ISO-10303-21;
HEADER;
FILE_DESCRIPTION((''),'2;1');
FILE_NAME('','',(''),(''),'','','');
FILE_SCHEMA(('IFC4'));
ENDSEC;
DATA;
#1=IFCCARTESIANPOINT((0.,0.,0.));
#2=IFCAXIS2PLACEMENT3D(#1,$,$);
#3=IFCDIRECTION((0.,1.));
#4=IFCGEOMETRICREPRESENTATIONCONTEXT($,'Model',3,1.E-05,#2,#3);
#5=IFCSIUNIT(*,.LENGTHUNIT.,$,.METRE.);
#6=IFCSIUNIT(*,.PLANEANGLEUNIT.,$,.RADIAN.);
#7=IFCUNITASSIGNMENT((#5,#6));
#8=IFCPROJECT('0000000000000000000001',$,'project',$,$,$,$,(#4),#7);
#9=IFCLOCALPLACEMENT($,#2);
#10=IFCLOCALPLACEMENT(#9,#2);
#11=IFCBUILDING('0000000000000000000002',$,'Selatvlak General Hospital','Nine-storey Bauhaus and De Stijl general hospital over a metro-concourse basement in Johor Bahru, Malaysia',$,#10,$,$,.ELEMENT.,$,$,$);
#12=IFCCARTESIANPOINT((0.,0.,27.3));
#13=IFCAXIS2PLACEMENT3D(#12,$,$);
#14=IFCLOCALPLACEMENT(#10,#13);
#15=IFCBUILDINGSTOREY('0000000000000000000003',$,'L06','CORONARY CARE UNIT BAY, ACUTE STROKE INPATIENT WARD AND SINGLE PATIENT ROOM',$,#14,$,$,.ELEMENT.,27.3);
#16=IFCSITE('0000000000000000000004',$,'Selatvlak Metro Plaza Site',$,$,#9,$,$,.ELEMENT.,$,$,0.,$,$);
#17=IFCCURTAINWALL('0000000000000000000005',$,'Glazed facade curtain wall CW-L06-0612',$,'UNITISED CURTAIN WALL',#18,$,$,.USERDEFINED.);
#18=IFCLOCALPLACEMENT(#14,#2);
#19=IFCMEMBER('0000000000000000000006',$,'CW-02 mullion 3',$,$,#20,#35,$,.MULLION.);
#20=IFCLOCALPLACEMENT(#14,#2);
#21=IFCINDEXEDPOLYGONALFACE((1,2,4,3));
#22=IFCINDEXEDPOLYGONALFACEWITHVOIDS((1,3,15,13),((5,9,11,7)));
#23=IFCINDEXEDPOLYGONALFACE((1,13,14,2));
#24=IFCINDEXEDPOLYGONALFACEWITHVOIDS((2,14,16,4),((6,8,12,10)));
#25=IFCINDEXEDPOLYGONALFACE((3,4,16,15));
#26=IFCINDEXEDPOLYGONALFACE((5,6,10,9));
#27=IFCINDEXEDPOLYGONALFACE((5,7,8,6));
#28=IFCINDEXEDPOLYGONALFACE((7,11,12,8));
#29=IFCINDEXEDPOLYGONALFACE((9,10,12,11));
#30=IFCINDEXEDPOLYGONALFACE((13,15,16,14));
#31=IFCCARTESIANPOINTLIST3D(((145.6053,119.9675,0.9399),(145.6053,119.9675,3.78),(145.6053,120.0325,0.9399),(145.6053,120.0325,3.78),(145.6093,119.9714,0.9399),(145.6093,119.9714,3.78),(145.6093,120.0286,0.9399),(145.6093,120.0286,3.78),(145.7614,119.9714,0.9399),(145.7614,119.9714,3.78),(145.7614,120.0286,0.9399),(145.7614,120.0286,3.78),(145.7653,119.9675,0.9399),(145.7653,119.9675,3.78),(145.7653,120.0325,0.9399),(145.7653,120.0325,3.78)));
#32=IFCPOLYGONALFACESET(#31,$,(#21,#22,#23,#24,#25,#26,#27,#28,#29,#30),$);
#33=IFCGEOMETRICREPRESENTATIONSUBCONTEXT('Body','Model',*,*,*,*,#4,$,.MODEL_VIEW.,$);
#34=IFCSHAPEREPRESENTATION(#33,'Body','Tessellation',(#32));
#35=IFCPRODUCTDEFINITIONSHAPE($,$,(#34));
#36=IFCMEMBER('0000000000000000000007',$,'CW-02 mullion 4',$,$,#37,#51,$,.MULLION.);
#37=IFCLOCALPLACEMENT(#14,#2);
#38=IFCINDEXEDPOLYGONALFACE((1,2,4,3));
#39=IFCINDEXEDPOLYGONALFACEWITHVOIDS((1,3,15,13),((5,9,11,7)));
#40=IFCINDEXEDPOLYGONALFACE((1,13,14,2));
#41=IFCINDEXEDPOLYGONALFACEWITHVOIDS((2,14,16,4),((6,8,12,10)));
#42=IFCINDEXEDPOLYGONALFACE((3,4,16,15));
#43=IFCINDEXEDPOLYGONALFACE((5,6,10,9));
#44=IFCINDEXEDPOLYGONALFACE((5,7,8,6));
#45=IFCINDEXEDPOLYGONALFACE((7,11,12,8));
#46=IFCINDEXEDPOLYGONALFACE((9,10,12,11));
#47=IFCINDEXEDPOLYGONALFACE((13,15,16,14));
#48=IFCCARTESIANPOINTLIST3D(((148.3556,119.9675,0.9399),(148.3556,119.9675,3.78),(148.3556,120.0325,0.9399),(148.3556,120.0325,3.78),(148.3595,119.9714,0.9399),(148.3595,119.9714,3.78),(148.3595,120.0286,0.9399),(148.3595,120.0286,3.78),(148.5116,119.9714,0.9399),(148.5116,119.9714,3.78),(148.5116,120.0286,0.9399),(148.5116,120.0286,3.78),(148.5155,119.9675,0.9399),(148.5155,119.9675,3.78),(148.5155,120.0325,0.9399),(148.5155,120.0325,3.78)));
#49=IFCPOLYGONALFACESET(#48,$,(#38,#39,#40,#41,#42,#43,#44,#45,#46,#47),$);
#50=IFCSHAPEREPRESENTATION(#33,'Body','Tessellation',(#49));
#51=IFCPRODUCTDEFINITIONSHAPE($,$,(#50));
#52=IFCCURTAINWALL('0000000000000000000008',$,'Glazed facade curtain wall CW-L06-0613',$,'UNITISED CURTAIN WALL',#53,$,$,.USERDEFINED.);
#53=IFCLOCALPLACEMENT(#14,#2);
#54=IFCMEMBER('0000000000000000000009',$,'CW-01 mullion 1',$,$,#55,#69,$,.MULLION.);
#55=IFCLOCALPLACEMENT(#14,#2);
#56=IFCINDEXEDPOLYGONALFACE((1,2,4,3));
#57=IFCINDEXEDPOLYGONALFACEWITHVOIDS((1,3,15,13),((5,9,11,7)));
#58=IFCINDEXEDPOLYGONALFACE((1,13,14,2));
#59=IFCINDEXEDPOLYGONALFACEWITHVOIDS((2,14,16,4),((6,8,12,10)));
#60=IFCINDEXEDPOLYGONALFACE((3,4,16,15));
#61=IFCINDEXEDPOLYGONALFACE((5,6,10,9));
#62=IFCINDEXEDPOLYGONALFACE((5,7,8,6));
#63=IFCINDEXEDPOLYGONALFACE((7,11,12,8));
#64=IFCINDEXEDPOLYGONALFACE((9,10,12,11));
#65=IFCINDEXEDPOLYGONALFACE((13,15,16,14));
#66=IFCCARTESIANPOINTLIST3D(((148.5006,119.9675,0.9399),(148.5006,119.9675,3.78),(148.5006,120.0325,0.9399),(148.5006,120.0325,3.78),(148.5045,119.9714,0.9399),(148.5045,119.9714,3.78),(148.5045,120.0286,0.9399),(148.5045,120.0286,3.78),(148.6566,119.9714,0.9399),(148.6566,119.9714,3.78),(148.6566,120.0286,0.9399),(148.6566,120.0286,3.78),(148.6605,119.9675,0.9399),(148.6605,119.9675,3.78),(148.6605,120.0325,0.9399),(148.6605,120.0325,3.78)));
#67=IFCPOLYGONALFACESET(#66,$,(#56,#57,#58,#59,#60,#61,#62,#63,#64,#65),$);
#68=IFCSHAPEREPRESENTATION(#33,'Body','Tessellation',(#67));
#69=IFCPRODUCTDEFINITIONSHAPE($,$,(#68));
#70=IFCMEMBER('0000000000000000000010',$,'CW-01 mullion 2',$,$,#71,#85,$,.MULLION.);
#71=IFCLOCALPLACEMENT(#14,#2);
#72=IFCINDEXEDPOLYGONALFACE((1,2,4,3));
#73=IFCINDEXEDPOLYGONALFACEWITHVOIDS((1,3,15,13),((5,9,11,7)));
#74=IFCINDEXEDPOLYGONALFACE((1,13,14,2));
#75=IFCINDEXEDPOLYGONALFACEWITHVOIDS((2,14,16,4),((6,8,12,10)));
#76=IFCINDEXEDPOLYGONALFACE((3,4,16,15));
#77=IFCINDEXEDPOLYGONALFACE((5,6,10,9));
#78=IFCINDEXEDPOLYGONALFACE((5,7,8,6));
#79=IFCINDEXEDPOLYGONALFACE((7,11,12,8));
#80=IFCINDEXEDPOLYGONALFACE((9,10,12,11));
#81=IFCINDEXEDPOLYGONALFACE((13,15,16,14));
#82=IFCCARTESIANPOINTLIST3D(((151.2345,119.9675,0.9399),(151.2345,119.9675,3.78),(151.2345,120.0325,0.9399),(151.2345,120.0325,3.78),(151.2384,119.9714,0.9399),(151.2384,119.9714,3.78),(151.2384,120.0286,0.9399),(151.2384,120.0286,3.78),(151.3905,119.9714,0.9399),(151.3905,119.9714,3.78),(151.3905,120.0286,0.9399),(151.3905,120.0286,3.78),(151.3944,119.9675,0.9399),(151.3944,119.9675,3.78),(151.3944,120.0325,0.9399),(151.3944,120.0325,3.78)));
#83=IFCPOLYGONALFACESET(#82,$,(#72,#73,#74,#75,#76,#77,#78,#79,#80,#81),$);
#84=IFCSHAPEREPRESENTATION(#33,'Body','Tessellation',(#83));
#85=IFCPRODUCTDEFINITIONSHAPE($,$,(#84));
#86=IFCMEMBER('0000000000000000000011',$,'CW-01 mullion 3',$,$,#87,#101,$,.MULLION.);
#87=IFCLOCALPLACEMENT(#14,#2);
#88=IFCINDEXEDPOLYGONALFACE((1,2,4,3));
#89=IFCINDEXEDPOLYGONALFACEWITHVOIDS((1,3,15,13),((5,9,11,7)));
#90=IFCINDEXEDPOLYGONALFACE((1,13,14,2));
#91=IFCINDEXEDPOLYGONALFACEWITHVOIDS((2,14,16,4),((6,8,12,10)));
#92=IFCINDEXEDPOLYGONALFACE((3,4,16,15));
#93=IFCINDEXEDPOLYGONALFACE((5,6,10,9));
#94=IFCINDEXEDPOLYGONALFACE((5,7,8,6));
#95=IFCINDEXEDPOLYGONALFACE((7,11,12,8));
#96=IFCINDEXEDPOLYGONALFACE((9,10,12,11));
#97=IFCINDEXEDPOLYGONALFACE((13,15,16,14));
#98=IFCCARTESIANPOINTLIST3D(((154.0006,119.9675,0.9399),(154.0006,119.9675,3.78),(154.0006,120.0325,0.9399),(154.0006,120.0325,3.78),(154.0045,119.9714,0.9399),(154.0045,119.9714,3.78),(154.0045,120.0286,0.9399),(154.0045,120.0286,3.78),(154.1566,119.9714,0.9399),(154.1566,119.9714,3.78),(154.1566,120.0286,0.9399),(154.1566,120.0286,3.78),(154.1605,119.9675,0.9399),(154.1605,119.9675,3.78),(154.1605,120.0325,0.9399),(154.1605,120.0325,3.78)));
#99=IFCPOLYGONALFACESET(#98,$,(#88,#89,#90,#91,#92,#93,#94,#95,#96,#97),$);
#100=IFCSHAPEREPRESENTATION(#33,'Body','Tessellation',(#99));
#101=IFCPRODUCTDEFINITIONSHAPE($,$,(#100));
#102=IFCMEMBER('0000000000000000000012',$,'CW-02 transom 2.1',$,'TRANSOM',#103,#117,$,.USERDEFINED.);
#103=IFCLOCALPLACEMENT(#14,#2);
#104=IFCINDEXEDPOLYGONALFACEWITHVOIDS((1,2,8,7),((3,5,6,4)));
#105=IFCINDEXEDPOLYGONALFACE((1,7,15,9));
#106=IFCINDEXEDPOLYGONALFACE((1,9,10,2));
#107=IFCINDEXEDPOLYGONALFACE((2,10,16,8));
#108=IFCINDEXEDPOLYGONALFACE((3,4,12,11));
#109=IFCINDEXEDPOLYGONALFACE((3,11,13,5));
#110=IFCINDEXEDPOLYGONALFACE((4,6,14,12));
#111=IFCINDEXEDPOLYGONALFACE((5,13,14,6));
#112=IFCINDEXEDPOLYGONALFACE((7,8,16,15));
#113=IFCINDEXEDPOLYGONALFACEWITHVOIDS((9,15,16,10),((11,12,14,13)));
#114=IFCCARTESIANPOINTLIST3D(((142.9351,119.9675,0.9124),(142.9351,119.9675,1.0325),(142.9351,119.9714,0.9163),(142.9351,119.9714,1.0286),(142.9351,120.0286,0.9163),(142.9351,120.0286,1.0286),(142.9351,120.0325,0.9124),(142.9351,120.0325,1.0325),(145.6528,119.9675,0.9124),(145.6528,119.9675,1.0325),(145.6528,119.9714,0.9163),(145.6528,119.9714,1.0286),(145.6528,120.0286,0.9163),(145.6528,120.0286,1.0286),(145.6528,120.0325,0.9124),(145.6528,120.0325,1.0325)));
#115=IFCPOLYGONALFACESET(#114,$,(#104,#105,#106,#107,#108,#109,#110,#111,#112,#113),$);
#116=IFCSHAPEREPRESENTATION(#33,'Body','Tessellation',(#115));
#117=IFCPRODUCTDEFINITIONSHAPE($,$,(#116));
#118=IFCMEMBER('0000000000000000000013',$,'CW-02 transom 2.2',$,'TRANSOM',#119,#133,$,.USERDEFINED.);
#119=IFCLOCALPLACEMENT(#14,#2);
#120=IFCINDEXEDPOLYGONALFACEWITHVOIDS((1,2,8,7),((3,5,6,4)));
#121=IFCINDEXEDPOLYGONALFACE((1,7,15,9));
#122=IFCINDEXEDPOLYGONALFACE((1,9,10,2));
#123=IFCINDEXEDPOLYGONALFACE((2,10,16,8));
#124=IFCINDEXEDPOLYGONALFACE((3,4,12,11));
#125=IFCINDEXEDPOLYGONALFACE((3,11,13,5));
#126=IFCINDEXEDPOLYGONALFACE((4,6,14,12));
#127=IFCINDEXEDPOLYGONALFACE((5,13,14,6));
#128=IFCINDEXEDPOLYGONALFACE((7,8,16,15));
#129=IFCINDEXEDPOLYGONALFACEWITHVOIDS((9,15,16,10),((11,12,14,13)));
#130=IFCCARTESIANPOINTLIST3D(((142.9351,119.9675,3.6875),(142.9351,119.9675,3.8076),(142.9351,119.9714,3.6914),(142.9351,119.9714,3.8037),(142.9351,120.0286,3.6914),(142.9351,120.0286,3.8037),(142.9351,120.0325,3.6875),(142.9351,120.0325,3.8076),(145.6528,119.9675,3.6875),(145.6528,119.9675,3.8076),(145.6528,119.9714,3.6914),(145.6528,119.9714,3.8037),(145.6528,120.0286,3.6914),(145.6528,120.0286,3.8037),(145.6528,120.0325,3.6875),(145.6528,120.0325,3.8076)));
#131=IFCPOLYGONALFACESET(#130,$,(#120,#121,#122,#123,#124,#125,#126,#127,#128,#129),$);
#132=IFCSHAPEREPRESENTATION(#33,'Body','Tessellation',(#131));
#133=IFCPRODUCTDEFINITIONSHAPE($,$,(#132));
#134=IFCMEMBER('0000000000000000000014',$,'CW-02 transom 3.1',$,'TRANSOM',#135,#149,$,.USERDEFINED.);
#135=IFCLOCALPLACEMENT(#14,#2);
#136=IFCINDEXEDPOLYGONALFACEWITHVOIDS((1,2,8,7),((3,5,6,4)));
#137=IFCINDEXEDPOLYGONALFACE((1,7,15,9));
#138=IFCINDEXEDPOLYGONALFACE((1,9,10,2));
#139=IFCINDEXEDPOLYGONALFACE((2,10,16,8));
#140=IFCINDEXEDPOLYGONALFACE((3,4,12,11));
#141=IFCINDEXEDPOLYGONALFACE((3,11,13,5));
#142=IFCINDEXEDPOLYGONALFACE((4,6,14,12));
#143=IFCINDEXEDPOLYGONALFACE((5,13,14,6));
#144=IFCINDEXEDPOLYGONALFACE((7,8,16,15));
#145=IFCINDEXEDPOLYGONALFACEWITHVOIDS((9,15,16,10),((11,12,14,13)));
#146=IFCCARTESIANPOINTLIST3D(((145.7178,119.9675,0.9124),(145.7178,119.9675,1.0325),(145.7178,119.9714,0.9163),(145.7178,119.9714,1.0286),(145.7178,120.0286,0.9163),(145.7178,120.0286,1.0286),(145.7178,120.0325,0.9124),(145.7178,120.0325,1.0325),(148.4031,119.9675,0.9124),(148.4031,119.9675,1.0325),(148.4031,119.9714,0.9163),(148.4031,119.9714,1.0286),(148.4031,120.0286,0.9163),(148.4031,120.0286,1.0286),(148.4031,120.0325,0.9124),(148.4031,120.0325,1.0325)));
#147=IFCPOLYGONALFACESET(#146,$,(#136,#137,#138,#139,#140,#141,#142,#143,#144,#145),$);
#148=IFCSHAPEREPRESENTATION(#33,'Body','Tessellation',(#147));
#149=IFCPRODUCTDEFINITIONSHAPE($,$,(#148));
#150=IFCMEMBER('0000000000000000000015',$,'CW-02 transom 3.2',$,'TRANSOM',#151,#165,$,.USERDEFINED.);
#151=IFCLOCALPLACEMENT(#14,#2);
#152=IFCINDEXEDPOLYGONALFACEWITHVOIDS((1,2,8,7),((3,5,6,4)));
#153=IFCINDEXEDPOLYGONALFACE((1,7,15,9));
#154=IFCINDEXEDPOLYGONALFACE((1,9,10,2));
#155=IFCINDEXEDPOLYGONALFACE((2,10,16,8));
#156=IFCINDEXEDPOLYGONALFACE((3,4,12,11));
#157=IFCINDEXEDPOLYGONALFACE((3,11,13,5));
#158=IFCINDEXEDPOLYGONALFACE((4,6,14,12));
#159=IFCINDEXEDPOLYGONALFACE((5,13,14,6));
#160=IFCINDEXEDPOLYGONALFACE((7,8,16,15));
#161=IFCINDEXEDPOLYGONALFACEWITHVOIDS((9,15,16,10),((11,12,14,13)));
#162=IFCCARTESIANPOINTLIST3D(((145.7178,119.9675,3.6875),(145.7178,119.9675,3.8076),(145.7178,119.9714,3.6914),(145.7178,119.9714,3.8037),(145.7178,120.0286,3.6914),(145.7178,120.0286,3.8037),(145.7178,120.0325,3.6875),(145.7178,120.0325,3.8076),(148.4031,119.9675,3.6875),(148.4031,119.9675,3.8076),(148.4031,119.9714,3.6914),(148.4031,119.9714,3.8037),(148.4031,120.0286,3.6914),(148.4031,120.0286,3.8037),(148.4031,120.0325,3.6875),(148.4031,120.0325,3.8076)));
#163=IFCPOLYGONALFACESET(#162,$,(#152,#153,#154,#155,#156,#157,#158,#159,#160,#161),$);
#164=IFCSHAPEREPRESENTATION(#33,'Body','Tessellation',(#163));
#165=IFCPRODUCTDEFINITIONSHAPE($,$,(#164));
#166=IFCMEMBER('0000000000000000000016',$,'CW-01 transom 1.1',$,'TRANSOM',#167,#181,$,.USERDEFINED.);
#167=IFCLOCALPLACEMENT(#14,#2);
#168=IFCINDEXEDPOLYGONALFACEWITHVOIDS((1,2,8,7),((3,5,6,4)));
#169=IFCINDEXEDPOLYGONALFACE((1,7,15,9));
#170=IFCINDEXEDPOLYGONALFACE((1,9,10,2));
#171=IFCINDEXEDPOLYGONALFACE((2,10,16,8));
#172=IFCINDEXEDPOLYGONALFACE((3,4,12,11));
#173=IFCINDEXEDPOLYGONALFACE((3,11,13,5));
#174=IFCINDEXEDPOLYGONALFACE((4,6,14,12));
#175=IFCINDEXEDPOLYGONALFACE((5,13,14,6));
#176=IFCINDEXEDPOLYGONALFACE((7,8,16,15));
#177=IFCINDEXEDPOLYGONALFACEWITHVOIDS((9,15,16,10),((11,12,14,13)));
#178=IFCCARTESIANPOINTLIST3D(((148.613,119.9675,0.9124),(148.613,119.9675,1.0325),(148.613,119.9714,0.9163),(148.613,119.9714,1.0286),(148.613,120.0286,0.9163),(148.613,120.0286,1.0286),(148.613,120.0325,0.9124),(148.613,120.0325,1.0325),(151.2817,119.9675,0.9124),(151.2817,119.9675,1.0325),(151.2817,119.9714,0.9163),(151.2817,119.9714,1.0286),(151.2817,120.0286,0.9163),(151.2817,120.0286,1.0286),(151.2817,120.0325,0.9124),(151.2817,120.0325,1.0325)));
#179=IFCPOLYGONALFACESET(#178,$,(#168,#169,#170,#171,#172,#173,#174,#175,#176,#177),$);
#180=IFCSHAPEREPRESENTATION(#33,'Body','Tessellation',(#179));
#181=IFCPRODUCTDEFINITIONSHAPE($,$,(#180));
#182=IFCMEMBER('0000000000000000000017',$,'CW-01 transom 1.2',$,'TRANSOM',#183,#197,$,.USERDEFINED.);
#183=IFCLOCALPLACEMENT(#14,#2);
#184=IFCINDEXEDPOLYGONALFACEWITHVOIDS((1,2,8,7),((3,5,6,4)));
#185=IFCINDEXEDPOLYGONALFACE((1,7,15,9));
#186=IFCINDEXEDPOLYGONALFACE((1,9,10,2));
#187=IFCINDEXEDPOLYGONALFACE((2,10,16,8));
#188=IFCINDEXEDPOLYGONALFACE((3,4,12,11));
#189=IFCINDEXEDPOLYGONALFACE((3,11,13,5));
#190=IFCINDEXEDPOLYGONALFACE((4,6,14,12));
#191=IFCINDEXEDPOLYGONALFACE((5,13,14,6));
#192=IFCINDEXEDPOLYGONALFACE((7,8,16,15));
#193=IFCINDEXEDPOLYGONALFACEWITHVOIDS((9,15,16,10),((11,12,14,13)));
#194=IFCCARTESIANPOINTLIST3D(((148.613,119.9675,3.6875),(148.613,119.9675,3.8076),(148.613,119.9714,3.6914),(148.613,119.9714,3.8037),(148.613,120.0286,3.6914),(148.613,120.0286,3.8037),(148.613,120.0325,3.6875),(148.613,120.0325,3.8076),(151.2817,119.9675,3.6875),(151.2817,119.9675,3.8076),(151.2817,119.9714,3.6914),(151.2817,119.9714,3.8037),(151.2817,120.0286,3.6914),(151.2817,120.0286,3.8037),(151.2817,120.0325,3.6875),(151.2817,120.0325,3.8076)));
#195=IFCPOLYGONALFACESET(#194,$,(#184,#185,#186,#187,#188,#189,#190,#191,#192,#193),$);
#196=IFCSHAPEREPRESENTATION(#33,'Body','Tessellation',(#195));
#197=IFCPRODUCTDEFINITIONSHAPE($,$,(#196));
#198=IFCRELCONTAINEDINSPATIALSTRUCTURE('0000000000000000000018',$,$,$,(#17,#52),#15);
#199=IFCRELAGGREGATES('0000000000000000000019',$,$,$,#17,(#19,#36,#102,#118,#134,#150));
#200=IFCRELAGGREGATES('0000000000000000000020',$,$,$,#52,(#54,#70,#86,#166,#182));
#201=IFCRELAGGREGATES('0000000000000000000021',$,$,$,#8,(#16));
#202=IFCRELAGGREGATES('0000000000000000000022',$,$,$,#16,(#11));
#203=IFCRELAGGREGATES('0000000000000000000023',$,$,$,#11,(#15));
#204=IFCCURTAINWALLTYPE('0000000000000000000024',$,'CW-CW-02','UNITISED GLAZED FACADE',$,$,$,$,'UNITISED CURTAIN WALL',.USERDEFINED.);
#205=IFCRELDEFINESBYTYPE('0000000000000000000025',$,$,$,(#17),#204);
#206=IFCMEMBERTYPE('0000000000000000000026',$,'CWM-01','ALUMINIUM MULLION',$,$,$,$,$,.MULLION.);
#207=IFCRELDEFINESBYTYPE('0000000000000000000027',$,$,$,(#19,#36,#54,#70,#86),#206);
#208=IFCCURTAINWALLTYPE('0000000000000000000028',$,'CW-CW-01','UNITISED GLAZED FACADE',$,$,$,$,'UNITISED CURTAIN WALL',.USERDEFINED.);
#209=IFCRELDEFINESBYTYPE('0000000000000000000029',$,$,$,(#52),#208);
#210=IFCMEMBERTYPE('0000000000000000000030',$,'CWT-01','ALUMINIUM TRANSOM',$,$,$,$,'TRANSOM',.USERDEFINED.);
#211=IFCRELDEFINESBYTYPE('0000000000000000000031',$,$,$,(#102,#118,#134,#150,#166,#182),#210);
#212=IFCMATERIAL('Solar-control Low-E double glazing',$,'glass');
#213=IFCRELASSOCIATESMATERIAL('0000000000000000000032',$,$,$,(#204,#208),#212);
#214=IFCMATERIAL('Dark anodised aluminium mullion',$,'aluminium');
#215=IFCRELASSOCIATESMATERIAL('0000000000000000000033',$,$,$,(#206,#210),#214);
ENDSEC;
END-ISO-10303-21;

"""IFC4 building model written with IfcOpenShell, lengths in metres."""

from ifc_helpers import new_model, si_unit, direction, frame, origin, origin_2d, place, context, subcontext, project, spatial, hollow_rectangle, extrude, material, material_profile, profile_set, type_object, element, aggregate, save


model = new_model("IFC4")

# Units and contexts
model_context = context("Model", 3, precision=1e-05, world=origin(), true_north=direction((0.0, 1.0)))
body_context = subcontext(model_context, "Body", "Model", "MODEL_VIEW")
ifc_project = project(units=[si_unit("LENGTHUNIT", "METRE"), si_unit("PLANEANGLEUNIT", "RADIAN")], contexts=[model_context])

# Site, building, storey
site_placement = place(None, origin())
site = spatial("IfcSite", under=ifc_project, at=site_placement, Name="Selatvlak Metro Plaza Site", CompositionType="ELEMENT", RefElevation=0.0)
building_placement = place(site_placement, origin())
building = spatial("IfcBuilding", under=site, at=building_placement, Name="Selatvlak General Hospital", Description="Nine-storey Bauhaus and De Stijl general hospital over a metro-concourse basement in Johor Bahru, Malaysia", CompositionType="ELEMENT")
storey_placement = place(building_placement, frame((0.0, 0.0, 27.3)))
storey = spatial("IfcBuildingStorey", under=building, at=storey_placement, Name="L06", Description="CORONARY CARE UNIT BAY, ACUTE STROKE INPATIENT WARD AND SINGLE PATIENT ROOM", CompositionType="ELEMENT", Elevation=27.3)

# Curtain walls, members
ifc_material_1 = material(Name="Solar-control Low-E double glazing", Category="glass")
curtain_wall_type_1 = type_object("IfcCurtainWallType", Name="CW-CW-02", Description="UNITISED GLAZED FACADE", ElementType="UNITISED CURTAIN WALL", PredefinedType="USERDEFINED", material=ifc_material_1)
curtain_wall_1_placement = place(storey_placement, origin())
curtain_wall_1 = element("IfcCurtainWall", 1, at=curtain_wall_1_placement, inside=storey, type_object=curtain_wall_type_1, Name="Glazed facade curtain wall CW-L06-0612", ObjectType="UNITISED CURTAIN WALL", PredefinedType="USERDEFINED")
ifc_material_2 = material(Name="Dark anodised aluminium mullion", Category="aluminium")
ifc_material_profile_1 = material_profile(ifc_material_2, hollow_rectangle(XDim=0.0649, YDim=0.1599, WallThickness=0.0039, at=origin_2d()), Name="AL-MUL 65x160x4")
ifc_profile_set_1 = profile_set([ifc_material_profile_1], Name="Dark anodised aluminium mullion")
member_type_1 = type_object("IfcMemberType", Name="CWM-01", Description="ALUMINIUM MULLION", PredefinedType="MULLION", material=ifc_profile_set_1)
member_1_placement = place(storey_placement, frame((145.6853, 120.0, 0.9399), z_axis=(0.0, 0.0, 1.0), x_axis=(0.0, 1.0, 0.0)))
member_1 = element("IfcMember", 2, at=member_1_placement, type_object=member_type_1, Name="CW-02 mullion 3", PredefinedType="MULLION", context=body_context, shape_type="SweptSolid", body=[
    extrude(hollow_rectangle(XDim=0.0649, YDim=0.1599, WallThickness=0.0039, at=origin_2d()), origin(), (0.0, 0.0, 1.0), 2.8401),
])
member_2_placement = place(storey_placement, frame((148.4355, 120.0, 0.9399), z_axis=(0.0, 0.0, 1.0), x_axis=(0.0, 1.0, 0.0)))
member_2 = element("IfcMember", 3, at=member_2_placement, type_object=member_type_1, Name="CW-02 mullion 4", PredefinedType="MULLION", context=body_context, shape_type="SweptSolid", body=[
    extrude(hollow_rectangle(XDim=0.0649, YDim=0.1599, WallThickness=0.0039, at=origin_2d()), origin(), (0.0, 0.0, 1.0), 2.8401),
])
curtain_wall_type_2 = type_object("IfcCurtainWallType", Name="CW-CW-01", Description="UNITISED GLAZED FACADE", ElementType="UNITISED CURTAIN WALL", PredefinedType="USERDEFINED", material=ifc_material_1)
curtain_wall_2_placement = place(storey_placement, origin())
curtain_wall_2 = element("IfcCurtainWall", 4, at=curtain_wall_2_placement, inside=storey, type_object=curtain_wall_type_2, Name="Glazed facade curtain wall CW-L06-0613", ObjectType="UNITISED CURTAIN WALL", PredefinedType="USERDEFINED")
member_3_placement = place(storey_placement, frame((148.5806, 120.0, 0.9399), z_axis=(0.0, 0.0, 1.0), x_axis=(0.0, 1.0, 0.0)))
member_3 = element("IfcMember", 5, at=member_3_placement, type_object=member_type_1, Name="CW-01 mullion 1", PredefinedType="MULLION", context=body_context, shape_type="SweptSolid", body=[
    extrude(hollow_rectangle(XDim=0.0649, YDim=0.1599, WallThickness=0.0039, at=origin_2d()), origin(), (0.0, 0.0, 1.0), 2.8401),
])
member_4_placement = place(storey_placement, frame((151.3145, 120.0, 0.9399), z_axis=(0.0, 0.0, 1.0), x_axis=(0.0, 1.0, 0.0)))
member_4 = element("IfcMember", 6, at=member_4_placement, type_object=member_type_1, Name="CW-01 mullion 2", PredefinedType="MULLION", context=body_context, shape_type="SweptSolid", body=[
    extrude(hollow_rectangle(XDim=0.0649, YDim=0.1599, WallThickness=0.0039, at=origin_2d()), origin(), (0.0, 0.0, 1.0), 2.8401),
])
member_5_placement = place(storey_placement, frame((154.0806, 120.0, 0.9399), z_axis=(0.0, 0.0, 1.0), x_axis=(0.0, 1.0, 0.0)))
member_5 = element("IfcMember", 7, at=member_5_placement, type_object=member_type_1, Name="CW-01 mullion 3", PredefinedType="MULLION", context=body_context, shape_type="SweptSolid", body=[
    extrude(hollow_rectangle(XDim=0.0649, YDim=0.1599, WallThickness=0.0039, at=origin_2d()), origin(), (0.0, 0.0, 1.0), 2.8401),
])

# Members
ifc_material_profile_2 = material_profile(ifc_material_2, hollow_rectangle(XDim=0.0649, YDim=0.1201, WallThickness=0.0039, at=origin_2d()), Name="AL-TRN 65x120x4")
ifc_profile_set_2 = profile_set([ifc_material_profile_2], Name="Dark anodised aluminium mullion")
member_type_2 = type_object("IfcMemberType", Name="CWT-01", Description="ALUMINIUM TRANSOM", ElementType="TRANSOM", PredefinedType="USERDEFINED", material=ifc_profile_set_2)
member_6_placement = place(storey_placement, frame((142.9351, 120.0, 0.9724), z_axis=(1.0, 0.0, 0.0), x_axis=(0.0, 1.0, 0.0)))
member_6 = element("IfcMember", 8, at=member_6_placement, type_object=member_type_2, Name="CW-02 transom 2.1", ObjectType="TRANSOM", PredefinedType="USERDEFINED", context=body_context, shape_type="SweptSolid", body=[
    extrude(hollow_rectangle(XDim=0.0649, YDim=0.1201, WallThickness=0.0039, at=origin_2d()), origin(), (0.0, 0.0, 1.0), 2.7178),
])
member_7_placement = place(storey_placement, frame((142.9351, 120.0, 3.7476), z_axis=(1.0, 0.0, 0.0), x_axis=(0.0, 1.0, 0.0)))
member_7 = element("IfcMember", 9, at=member_7_placement, type_object=member_type_2, Name="CW-02 transom 2.2", ObjectType="TRANSOM", PredefinedType="USERDEFINED", context=body_context, shape_type="SweptSolid", body=[
    extrude(hollow_rectangle(XDim=0.0649, YDim=0.1201, WallThickness=0.0039, at=origin_2d()), origin(), (0.0, 0.0, 1.0), 2.7178),
])
member_8_placement = place(storey_placement, frame((145.7178, 120.0, 0.9724), z_axis=(1.0, 0.0, 0.0), x_axis=(0.0, 1.0, 0.0)))
member_8 = element("IfcMember", 10, at=member_8_placement, type_object=member_type_2, Name="CW-02 transom 3.1", ObjectType="TRANSOM", PredefinedType="USERDEFINED", context=body_context, shape_type="SweptSolid", body=[
    extrude(hollow_rectangle(XDim=0.0649, YDim=0.1201, WallThickness=0.0039, at=origin_2d()), origin(), (0.0, 0.0, 1.0), 2.6853),
])
member_9_placement = place(storey_placement, frame((145.7178, 120.0, 3.7476), z_axis=(1.0, 0.0, 0.0), x_axis=(0.0, 1.0, 0.0)))
member_9 = element("IfcMember", 11, at=member_9_placement, type_object=member_type_2, Name="CW-02 transom 3.2", ObjectType="TRANSOM", PredefinedType="USERDEFINED", context=body_context, shape_type="SweptSolid", body=[
    extrude(hollow_rectangle(XDim=0.0649, YDim=0.1201, WallThickness=0.0039, at=origin_2d()), origin(), (0.0, 0.0, 1.0), 2.6853),
])
member_10_placement = place(storey_placement, frame((148.613, 120.0, 0.9724), z_axis=(1.0, 0.0, 0.0), x_axis=(0.0, 1.0, 0.0)))
member_10 = element("IfcMember", 12, at=member_10_placement, type_object=member_type_2, Name="CW-01 transom 1.1", ObjectType="TRANSOM", PredefinedType="USERDEFINED", context=body_context, shape_type="SweptSolid", body=[
    extrude(hollow_rectangle(XDim=0.0649, YDim=0.1201, WallThickness=0.0039, at=origin_2d()), origin(), (0.0, 0.0, 1.0), 2.6687),
])
member_11_placement = place(storey_placement, frame((148.613, 120.0, 3.7476), z_axis=(1.0, 0.0, 0.0), x_axis=(0.0, 1.0, 0.0)))
member_11 = element("IfcMember", 13, at=member_11_placement, type_object=member_type_2, Name="CW-01 transom 1.2", ObjectType="TRANSOM", PredefinedType="USERDEFINED", context=body_context, shape_type="SweptSolid", body=[
    extrude(hollow_rectangle(XDim=0.0649, YDim=0.1201, WallThickness=0.0039, at=origin_2d()), origin(), (0.0, 0.0, 1.0), 2.6687),
])

aggregate(curtain_wall_1, [member_1, member_2, member_6, member_7, member_8, member_9])
aggregate(curtain_wall_2, [member_3, member_4, member_5, member_10, member_11])

save(model, "model.ifc")
